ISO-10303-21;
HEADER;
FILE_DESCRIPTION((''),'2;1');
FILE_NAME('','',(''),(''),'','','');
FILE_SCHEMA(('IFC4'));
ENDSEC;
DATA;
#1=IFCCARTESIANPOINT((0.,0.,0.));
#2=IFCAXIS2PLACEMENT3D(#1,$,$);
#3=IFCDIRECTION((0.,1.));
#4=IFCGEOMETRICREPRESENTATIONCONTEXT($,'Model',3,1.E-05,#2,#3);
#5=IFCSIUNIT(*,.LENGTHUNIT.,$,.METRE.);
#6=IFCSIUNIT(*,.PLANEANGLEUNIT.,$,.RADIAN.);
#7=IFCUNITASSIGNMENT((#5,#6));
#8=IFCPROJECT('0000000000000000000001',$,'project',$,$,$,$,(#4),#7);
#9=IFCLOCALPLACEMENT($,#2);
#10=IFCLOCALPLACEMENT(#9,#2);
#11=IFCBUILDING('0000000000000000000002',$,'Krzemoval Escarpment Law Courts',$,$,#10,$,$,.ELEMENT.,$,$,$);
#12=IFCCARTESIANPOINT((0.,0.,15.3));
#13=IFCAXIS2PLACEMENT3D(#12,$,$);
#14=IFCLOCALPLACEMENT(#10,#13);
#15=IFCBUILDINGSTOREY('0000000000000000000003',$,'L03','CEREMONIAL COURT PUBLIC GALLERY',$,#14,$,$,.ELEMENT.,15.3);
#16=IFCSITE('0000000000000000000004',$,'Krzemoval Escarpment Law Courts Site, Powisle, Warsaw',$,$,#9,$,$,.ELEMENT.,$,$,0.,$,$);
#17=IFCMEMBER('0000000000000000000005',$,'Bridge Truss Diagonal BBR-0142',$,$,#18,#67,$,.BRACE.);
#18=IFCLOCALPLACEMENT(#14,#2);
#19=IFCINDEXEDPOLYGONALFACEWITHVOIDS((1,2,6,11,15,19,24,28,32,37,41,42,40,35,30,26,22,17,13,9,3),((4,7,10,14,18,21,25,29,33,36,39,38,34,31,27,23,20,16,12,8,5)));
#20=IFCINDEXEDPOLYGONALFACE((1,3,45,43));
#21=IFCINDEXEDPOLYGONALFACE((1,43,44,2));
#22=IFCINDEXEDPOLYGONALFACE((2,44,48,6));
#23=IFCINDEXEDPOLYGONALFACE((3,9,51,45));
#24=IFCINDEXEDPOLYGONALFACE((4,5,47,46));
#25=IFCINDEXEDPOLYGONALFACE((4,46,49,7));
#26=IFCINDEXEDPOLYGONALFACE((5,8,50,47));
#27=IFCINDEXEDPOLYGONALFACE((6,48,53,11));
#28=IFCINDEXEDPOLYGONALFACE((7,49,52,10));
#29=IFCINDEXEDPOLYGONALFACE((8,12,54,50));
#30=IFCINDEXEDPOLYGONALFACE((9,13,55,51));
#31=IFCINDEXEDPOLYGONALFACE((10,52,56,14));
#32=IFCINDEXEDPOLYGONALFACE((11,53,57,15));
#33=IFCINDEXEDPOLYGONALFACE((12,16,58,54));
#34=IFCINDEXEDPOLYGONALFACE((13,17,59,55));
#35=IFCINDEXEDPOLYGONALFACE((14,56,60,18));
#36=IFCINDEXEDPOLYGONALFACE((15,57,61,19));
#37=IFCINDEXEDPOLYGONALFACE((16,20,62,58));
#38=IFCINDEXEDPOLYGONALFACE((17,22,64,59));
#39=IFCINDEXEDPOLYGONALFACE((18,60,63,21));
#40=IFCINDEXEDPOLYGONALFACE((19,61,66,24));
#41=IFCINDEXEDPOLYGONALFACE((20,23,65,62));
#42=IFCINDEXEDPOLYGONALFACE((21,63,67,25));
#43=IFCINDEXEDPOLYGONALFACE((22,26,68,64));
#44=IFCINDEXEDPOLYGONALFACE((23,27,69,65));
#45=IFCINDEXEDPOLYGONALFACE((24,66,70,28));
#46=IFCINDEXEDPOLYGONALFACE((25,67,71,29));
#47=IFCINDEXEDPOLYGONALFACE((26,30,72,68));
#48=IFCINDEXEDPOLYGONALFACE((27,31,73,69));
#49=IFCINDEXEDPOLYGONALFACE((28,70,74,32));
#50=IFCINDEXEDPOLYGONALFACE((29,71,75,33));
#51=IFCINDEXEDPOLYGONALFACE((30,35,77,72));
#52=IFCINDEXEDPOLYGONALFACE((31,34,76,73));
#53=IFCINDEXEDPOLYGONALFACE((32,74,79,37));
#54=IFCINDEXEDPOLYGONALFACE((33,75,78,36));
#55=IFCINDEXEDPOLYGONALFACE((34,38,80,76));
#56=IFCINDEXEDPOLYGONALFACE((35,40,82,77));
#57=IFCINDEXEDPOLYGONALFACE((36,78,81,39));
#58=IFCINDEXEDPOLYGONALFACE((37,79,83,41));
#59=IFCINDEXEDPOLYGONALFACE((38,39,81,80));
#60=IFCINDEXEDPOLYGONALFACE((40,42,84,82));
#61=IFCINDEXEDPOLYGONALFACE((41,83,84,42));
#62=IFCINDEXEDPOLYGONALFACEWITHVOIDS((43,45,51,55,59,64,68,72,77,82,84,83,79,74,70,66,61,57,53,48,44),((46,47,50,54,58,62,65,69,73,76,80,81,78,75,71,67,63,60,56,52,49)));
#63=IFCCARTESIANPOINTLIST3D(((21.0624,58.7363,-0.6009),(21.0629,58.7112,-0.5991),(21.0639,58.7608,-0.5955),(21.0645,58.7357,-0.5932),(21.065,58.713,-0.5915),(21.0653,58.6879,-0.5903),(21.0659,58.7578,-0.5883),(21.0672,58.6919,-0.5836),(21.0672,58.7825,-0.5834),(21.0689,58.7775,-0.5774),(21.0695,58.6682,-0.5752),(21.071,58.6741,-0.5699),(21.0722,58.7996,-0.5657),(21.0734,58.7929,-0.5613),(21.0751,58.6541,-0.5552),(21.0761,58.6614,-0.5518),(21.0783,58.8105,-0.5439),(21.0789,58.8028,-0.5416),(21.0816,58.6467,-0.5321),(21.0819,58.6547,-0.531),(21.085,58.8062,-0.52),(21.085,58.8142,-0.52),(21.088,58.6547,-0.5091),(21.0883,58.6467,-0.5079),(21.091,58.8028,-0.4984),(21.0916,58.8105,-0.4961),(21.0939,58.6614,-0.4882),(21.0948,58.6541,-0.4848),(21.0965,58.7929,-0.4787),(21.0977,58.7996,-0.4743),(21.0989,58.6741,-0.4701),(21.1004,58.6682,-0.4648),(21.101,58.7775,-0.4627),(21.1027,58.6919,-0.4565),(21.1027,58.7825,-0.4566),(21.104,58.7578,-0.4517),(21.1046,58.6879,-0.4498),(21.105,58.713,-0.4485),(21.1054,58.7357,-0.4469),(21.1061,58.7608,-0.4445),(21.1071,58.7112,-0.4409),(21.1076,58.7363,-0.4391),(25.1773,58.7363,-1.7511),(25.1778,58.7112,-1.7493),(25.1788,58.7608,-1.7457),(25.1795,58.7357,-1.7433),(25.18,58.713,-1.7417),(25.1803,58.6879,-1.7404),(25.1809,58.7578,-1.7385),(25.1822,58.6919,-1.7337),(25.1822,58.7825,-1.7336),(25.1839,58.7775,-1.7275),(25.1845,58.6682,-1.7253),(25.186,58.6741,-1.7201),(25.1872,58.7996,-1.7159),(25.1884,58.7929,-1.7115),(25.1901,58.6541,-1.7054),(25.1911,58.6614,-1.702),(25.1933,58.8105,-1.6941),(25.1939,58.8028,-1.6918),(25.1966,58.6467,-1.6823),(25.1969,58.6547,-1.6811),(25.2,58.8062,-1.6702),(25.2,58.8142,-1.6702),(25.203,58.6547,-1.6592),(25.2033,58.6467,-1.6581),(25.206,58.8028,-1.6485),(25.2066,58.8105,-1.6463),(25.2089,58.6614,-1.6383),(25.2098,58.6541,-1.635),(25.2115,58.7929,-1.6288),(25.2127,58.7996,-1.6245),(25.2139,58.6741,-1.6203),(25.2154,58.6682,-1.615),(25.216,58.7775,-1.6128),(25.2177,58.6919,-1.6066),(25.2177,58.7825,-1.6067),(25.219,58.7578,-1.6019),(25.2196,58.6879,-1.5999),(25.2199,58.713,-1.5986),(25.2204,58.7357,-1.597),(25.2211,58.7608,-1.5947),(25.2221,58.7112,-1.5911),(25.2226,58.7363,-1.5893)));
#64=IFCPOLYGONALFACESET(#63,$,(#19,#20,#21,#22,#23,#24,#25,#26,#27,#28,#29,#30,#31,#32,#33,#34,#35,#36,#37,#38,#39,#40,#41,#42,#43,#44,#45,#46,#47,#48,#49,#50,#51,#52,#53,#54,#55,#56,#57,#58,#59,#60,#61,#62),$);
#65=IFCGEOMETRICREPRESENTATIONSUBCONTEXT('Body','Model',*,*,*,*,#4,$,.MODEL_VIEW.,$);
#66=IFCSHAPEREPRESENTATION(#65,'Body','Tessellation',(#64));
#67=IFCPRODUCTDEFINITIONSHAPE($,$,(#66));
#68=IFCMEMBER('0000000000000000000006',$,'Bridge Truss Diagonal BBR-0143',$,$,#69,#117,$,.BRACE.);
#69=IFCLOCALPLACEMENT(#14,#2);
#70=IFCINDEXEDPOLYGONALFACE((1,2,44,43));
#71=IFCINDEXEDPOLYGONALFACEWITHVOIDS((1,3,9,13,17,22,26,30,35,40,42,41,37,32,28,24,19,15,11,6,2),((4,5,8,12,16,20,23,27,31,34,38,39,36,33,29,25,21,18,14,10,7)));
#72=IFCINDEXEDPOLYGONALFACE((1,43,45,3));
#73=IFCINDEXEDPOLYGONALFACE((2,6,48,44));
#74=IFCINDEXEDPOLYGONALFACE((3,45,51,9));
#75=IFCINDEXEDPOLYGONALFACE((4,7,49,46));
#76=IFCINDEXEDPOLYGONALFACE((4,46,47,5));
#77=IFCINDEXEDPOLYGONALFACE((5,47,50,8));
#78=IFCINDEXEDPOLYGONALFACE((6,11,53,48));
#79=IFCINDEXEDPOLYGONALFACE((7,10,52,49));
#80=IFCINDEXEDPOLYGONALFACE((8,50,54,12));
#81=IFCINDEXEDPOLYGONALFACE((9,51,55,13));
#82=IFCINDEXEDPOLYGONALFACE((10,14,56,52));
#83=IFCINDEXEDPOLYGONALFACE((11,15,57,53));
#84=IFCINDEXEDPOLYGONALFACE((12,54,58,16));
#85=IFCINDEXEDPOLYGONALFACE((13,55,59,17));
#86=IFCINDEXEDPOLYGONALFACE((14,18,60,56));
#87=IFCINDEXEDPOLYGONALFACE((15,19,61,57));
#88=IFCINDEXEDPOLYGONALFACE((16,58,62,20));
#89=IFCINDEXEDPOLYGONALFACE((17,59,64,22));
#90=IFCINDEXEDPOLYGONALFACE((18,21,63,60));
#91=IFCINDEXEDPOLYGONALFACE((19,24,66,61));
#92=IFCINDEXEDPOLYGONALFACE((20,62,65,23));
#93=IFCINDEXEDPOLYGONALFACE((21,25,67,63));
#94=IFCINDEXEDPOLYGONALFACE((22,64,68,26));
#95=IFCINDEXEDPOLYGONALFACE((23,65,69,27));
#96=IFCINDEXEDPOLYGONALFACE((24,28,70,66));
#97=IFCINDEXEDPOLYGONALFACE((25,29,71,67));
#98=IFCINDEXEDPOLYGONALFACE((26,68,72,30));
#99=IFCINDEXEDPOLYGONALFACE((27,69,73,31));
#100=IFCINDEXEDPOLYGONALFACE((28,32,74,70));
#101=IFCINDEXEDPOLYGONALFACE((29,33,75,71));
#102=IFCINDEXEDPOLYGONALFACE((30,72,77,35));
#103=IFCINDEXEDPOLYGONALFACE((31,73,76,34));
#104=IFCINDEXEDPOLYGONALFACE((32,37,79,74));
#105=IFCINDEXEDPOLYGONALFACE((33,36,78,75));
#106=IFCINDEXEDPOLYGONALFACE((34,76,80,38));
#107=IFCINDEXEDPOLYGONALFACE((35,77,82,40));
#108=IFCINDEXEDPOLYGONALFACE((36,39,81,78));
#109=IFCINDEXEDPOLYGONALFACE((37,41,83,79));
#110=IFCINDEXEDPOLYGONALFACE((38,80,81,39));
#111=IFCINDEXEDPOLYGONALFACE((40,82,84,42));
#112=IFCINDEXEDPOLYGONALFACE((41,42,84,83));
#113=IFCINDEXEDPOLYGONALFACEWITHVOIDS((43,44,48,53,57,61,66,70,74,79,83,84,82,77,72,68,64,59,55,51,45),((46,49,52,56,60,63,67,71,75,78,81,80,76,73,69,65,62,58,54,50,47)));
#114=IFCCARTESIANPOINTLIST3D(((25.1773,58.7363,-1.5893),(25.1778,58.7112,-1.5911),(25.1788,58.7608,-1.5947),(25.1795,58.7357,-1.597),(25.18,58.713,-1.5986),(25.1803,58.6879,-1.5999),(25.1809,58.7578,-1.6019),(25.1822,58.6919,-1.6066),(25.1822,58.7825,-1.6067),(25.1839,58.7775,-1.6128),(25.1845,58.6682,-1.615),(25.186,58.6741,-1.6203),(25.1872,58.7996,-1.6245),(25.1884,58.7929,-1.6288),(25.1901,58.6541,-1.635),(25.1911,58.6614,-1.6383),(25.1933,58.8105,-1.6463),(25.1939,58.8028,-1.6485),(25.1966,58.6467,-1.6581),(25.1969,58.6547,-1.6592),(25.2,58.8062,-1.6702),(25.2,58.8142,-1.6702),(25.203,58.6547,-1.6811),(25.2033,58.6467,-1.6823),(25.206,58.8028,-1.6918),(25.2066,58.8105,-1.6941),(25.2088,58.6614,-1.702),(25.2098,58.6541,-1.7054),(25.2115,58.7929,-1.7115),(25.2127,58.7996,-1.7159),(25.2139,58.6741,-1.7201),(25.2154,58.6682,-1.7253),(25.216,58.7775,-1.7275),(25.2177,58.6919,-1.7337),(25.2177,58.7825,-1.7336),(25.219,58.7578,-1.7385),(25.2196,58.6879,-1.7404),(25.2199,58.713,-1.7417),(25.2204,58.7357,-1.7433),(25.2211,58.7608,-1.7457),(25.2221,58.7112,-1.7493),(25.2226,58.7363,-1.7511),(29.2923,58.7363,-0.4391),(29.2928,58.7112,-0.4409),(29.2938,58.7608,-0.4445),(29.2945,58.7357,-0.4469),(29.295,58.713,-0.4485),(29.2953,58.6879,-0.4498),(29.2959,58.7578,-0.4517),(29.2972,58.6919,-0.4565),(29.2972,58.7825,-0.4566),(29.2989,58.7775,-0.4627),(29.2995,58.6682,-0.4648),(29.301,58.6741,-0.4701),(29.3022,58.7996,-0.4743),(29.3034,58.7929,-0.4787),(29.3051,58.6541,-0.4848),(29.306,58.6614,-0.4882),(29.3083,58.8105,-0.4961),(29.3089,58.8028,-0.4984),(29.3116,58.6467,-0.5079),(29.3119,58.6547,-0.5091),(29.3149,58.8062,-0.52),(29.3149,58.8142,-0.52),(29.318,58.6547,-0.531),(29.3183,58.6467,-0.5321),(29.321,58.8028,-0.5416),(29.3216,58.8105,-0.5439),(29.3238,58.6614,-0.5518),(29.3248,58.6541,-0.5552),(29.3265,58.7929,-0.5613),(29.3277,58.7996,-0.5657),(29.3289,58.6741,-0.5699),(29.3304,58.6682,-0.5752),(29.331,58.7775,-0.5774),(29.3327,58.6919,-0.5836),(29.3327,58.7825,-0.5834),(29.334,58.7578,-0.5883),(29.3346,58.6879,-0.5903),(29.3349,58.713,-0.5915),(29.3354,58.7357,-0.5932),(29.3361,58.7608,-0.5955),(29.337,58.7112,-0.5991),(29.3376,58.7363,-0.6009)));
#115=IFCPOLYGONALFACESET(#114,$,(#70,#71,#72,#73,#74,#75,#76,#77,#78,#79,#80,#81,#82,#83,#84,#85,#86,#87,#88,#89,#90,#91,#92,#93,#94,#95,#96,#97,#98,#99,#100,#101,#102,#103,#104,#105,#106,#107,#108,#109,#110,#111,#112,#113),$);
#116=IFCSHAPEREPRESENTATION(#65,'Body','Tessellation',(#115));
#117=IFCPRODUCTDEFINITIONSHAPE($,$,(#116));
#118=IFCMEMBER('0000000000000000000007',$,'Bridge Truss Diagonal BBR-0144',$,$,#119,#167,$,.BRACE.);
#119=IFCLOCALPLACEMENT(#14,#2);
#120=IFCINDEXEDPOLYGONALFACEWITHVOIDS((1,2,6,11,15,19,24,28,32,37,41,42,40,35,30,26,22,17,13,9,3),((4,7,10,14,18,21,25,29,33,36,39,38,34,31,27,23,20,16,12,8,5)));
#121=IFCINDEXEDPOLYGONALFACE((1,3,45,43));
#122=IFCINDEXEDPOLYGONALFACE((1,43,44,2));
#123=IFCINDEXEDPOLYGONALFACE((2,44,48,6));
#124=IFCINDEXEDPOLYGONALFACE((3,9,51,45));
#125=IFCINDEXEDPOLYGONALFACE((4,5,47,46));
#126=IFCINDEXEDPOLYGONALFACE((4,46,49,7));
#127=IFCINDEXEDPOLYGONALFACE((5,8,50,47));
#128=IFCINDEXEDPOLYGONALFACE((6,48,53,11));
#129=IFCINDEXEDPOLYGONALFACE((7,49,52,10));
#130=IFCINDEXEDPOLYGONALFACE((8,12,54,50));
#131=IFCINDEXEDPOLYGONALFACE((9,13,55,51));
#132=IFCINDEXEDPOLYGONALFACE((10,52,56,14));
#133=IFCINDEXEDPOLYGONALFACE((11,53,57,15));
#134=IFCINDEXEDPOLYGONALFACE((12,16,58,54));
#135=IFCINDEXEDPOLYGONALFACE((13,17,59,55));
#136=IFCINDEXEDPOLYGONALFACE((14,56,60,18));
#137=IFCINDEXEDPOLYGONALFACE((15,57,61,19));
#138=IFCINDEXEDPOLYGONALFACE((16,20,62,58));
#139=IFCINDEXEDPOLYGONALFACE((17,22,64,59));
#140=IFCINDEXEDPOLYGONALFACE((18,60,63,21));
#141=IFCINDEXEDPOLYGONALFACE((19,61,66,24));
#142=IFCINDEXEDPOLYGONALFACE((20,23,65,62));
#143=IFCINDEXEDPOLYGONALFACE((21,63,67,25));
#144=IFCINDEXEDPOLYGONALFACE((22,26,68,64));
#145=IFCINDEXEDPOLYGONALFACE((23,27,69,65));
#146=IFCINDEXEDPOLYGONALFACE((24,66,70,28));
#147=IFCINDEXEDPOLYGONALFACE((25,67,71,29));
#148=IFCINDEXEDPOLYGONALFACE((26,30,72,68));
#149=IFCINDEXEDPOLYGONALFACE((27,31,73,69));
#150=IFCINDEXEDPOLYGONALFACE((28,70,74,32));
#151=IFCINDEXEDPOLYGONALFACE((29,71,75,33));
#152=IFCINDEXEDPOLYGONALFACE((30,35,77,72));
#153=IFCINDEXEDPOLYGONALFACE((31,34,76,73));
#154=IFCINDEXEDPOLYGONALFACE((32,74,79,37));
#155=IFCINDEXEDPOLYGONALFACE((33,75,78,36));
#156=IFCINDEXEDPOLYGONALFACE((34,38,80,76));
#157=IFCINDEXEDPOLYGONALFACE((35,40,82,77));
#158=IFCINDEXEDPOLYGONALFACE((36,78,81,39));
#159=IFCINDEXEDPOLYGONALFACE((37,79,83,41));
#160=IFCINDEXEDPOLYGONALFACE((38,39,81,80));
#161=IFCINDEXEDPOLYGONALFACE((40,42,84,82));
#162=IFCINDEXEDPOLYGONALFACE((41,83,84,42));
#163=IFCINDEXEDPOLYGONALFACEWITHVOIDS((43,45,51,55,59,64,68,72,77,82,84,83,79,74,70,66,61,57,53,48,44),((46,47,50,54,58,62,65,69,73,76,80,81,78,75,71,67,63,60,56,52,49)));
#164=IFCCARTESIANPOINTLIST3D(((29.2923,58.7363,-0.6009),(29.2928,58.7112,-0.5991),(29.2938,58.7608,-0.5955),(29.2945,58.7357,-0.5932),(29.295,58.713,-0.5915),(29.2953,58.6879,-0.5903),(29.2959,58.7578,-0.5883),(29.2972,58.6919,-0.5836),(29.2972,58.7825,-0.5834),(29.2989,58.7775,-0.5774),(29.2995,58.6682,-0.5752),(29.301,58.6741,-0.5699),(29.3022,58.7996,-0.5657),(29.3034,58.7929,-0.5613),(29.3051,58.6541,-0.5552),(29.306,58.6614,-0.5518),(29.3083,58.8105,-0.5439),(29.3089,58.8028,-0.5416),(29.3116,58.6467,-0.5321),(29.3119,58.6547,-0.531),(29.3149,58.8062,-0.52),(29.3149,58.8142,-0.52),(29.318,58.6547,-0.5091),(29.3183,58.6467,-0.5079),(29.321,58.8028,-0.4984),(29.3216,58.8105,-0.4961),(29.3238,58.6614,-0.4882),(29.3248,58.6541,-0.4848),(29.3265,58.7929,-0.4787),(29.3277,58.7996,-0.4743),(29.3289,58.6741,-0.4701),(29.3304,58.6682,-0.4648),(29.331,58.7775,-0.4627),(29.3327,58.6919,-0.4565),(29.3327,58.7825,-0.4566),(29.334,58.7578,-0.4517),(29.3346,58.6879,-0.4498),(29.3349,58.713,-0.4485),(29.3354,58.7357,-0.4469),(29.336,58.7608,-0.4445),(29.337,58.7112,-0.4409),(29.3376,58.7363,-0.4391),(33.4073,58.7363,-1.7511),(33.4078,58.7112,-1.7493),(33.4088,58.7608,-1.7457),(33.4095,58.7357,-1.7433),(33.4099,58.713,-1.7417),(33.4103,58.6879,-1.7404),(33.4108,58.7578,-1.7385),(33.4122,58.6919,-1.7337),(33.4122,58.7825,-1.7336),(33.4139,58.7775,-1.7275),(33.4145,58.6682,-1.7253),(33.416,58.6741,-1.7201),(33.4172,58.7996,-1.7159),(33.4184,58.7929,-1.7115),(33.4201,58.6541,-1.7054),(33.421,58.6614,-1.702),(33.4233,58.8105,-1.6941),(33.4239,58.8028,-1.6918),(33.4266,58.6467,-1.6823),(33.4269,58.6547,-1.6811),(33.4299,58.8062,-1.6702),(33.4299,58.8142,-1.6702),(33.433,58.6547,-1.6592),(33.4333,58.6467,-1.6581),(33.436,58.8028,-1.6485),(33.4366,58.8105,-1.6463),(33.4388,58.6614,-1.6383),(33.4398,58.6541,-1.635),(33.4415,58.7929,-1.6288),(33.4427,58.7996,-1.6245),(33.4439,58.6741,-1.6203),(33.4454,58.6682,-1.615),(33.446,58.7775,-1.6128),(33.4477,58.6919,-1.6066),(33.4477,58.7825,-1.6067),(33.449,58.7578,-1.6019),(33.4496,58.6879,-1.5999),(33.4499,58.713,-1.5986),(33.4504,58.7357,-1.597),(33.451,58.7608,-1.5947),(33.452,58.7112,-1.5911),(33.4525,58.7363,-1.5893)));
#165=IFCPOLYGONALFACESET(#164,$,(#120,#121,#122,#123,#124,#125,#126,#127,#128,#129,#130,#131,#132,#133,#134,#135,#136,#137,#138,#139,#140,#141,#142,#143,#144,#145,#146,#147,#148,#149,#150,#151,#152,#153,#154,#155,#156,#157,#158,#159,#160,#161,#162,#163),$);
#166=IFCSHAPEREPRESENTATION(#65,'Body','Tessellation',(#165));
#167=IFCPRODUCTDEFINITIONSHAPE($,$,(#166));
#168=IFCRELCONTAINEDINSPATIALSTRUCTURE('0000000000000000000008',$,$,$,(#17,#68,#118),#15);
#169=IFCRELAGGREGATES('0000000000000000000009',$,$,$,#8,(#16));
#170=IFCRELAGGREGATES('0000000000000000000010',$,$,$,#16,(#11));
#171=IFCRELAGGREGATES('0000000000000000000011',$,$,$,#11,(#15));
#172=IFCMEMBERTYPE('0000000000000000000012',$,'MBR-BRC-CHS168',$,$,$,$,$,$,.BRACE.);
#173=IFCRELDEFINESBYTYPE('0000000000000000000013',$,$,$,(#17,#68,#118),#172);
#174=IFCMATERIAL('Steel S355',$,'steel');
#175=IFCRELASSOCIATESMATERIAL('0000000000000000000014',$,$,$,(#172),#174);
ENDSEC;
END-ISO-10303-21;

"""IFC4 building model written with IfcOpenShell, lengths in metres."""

from ifc_helpers import new_model, si_unit, direction, frame, origin, origin_2d, place, context, subcontext, project, spatial, hollow_circle, extrude, material, material_profile, profile_set, type_object, element, save


model = new_model("IFC4")

# Units and contexts
model_context = context("Model", 3, precision=1e-05, world=origin(), true_north=direction((0.0, 1.0)))
body_context = subcontext(model_context, "Body", "Model", "MODEL_VIEW")
ifc_project = project(units=[si_unit("LENGTHUNIT", "METRE"), si_unit("PLANEANGLEUNIT", "RADIAN")], contexts=[model_context])

# Site, building, storey
site_placement = place(None, origin())
site = spatial("IfcSite", under=ifc_project, at=site_placement, Name="Krzemoval Escarpment Law Courts Site, Powisle, Warsaw", CompositionType="ELEMENT", RefElevation=0.0)
building_placement = place(site_placement, origin())
building = spatial("IfcBuilding", under=site, at=building_placement, Name="Krzemoval Escarpment Law Courts", CompositionType="ELEMENT")
storey_placement = place(building_placement, frame((0.0, 0.0, 15.3)))
storey = spatial("IfcBuildingStorey", under=building, at=storey_placement, Name="L03", Description="CEREMONIAL COURT PUBLIC GALLERY", CompositionType="ELEMENT", Elevation=15.3)

# Members
ifc_material_1 = material(Name="Steel S355", Category="steel")
ifc_material_profile_1 = material_profile(ifc_material_1, hollow_circle(Radius=0.0842, WallThickness=0.0081, at=origin_2d()), Name="CHS 168.3x8")
ifc_profile_set_1 = profile_set([ifc_material_profile_1], Name="Steel S355")
member_type_1 = type_object("IfcMemberType", Name="MBR-BRC-CHS168", PredefinedType="BRACE", material=ifc_profile_set_1)
for number, where, z_axis, x_axis, name in (
    (1, (21.085, 58.73, -0.52), (0.963089, 0.0, -0.269185), (0.0, 1.0, 0.0), "Bridge Truss Diagonal BBR-0142"),
    (2, (25.2, 58.73, -1.6702), (0.963089, 0.0, 0.269185), (0.0, 1.0, 0.0), "Bridge Truss Diagonal BBR-0143"),
    (3, (29.3149, 58.73, -0.52), (0.963089, 0.0, -0.269185), (0.0, 1.0, 0.0), "Bridge Truss Diagonal BBR-0144"),
):
    element("IfcMember", number, at=place(storey_placement, frame(where, z_axis=z_axis, x_axis=x_axis)), inside=storey, type_object=member_type_1, Name=name, PredefinedType="BRACE", context=body_context, shape_type="SweptSolid", body=[
        extrude(hollow_circle(Radius=0.0842, WallThickness=0.0081, at=origin_2d()), origin(), (0.0, 0.0, 1.0), 4.2727),
    ])

save(model, "model.ifc")
